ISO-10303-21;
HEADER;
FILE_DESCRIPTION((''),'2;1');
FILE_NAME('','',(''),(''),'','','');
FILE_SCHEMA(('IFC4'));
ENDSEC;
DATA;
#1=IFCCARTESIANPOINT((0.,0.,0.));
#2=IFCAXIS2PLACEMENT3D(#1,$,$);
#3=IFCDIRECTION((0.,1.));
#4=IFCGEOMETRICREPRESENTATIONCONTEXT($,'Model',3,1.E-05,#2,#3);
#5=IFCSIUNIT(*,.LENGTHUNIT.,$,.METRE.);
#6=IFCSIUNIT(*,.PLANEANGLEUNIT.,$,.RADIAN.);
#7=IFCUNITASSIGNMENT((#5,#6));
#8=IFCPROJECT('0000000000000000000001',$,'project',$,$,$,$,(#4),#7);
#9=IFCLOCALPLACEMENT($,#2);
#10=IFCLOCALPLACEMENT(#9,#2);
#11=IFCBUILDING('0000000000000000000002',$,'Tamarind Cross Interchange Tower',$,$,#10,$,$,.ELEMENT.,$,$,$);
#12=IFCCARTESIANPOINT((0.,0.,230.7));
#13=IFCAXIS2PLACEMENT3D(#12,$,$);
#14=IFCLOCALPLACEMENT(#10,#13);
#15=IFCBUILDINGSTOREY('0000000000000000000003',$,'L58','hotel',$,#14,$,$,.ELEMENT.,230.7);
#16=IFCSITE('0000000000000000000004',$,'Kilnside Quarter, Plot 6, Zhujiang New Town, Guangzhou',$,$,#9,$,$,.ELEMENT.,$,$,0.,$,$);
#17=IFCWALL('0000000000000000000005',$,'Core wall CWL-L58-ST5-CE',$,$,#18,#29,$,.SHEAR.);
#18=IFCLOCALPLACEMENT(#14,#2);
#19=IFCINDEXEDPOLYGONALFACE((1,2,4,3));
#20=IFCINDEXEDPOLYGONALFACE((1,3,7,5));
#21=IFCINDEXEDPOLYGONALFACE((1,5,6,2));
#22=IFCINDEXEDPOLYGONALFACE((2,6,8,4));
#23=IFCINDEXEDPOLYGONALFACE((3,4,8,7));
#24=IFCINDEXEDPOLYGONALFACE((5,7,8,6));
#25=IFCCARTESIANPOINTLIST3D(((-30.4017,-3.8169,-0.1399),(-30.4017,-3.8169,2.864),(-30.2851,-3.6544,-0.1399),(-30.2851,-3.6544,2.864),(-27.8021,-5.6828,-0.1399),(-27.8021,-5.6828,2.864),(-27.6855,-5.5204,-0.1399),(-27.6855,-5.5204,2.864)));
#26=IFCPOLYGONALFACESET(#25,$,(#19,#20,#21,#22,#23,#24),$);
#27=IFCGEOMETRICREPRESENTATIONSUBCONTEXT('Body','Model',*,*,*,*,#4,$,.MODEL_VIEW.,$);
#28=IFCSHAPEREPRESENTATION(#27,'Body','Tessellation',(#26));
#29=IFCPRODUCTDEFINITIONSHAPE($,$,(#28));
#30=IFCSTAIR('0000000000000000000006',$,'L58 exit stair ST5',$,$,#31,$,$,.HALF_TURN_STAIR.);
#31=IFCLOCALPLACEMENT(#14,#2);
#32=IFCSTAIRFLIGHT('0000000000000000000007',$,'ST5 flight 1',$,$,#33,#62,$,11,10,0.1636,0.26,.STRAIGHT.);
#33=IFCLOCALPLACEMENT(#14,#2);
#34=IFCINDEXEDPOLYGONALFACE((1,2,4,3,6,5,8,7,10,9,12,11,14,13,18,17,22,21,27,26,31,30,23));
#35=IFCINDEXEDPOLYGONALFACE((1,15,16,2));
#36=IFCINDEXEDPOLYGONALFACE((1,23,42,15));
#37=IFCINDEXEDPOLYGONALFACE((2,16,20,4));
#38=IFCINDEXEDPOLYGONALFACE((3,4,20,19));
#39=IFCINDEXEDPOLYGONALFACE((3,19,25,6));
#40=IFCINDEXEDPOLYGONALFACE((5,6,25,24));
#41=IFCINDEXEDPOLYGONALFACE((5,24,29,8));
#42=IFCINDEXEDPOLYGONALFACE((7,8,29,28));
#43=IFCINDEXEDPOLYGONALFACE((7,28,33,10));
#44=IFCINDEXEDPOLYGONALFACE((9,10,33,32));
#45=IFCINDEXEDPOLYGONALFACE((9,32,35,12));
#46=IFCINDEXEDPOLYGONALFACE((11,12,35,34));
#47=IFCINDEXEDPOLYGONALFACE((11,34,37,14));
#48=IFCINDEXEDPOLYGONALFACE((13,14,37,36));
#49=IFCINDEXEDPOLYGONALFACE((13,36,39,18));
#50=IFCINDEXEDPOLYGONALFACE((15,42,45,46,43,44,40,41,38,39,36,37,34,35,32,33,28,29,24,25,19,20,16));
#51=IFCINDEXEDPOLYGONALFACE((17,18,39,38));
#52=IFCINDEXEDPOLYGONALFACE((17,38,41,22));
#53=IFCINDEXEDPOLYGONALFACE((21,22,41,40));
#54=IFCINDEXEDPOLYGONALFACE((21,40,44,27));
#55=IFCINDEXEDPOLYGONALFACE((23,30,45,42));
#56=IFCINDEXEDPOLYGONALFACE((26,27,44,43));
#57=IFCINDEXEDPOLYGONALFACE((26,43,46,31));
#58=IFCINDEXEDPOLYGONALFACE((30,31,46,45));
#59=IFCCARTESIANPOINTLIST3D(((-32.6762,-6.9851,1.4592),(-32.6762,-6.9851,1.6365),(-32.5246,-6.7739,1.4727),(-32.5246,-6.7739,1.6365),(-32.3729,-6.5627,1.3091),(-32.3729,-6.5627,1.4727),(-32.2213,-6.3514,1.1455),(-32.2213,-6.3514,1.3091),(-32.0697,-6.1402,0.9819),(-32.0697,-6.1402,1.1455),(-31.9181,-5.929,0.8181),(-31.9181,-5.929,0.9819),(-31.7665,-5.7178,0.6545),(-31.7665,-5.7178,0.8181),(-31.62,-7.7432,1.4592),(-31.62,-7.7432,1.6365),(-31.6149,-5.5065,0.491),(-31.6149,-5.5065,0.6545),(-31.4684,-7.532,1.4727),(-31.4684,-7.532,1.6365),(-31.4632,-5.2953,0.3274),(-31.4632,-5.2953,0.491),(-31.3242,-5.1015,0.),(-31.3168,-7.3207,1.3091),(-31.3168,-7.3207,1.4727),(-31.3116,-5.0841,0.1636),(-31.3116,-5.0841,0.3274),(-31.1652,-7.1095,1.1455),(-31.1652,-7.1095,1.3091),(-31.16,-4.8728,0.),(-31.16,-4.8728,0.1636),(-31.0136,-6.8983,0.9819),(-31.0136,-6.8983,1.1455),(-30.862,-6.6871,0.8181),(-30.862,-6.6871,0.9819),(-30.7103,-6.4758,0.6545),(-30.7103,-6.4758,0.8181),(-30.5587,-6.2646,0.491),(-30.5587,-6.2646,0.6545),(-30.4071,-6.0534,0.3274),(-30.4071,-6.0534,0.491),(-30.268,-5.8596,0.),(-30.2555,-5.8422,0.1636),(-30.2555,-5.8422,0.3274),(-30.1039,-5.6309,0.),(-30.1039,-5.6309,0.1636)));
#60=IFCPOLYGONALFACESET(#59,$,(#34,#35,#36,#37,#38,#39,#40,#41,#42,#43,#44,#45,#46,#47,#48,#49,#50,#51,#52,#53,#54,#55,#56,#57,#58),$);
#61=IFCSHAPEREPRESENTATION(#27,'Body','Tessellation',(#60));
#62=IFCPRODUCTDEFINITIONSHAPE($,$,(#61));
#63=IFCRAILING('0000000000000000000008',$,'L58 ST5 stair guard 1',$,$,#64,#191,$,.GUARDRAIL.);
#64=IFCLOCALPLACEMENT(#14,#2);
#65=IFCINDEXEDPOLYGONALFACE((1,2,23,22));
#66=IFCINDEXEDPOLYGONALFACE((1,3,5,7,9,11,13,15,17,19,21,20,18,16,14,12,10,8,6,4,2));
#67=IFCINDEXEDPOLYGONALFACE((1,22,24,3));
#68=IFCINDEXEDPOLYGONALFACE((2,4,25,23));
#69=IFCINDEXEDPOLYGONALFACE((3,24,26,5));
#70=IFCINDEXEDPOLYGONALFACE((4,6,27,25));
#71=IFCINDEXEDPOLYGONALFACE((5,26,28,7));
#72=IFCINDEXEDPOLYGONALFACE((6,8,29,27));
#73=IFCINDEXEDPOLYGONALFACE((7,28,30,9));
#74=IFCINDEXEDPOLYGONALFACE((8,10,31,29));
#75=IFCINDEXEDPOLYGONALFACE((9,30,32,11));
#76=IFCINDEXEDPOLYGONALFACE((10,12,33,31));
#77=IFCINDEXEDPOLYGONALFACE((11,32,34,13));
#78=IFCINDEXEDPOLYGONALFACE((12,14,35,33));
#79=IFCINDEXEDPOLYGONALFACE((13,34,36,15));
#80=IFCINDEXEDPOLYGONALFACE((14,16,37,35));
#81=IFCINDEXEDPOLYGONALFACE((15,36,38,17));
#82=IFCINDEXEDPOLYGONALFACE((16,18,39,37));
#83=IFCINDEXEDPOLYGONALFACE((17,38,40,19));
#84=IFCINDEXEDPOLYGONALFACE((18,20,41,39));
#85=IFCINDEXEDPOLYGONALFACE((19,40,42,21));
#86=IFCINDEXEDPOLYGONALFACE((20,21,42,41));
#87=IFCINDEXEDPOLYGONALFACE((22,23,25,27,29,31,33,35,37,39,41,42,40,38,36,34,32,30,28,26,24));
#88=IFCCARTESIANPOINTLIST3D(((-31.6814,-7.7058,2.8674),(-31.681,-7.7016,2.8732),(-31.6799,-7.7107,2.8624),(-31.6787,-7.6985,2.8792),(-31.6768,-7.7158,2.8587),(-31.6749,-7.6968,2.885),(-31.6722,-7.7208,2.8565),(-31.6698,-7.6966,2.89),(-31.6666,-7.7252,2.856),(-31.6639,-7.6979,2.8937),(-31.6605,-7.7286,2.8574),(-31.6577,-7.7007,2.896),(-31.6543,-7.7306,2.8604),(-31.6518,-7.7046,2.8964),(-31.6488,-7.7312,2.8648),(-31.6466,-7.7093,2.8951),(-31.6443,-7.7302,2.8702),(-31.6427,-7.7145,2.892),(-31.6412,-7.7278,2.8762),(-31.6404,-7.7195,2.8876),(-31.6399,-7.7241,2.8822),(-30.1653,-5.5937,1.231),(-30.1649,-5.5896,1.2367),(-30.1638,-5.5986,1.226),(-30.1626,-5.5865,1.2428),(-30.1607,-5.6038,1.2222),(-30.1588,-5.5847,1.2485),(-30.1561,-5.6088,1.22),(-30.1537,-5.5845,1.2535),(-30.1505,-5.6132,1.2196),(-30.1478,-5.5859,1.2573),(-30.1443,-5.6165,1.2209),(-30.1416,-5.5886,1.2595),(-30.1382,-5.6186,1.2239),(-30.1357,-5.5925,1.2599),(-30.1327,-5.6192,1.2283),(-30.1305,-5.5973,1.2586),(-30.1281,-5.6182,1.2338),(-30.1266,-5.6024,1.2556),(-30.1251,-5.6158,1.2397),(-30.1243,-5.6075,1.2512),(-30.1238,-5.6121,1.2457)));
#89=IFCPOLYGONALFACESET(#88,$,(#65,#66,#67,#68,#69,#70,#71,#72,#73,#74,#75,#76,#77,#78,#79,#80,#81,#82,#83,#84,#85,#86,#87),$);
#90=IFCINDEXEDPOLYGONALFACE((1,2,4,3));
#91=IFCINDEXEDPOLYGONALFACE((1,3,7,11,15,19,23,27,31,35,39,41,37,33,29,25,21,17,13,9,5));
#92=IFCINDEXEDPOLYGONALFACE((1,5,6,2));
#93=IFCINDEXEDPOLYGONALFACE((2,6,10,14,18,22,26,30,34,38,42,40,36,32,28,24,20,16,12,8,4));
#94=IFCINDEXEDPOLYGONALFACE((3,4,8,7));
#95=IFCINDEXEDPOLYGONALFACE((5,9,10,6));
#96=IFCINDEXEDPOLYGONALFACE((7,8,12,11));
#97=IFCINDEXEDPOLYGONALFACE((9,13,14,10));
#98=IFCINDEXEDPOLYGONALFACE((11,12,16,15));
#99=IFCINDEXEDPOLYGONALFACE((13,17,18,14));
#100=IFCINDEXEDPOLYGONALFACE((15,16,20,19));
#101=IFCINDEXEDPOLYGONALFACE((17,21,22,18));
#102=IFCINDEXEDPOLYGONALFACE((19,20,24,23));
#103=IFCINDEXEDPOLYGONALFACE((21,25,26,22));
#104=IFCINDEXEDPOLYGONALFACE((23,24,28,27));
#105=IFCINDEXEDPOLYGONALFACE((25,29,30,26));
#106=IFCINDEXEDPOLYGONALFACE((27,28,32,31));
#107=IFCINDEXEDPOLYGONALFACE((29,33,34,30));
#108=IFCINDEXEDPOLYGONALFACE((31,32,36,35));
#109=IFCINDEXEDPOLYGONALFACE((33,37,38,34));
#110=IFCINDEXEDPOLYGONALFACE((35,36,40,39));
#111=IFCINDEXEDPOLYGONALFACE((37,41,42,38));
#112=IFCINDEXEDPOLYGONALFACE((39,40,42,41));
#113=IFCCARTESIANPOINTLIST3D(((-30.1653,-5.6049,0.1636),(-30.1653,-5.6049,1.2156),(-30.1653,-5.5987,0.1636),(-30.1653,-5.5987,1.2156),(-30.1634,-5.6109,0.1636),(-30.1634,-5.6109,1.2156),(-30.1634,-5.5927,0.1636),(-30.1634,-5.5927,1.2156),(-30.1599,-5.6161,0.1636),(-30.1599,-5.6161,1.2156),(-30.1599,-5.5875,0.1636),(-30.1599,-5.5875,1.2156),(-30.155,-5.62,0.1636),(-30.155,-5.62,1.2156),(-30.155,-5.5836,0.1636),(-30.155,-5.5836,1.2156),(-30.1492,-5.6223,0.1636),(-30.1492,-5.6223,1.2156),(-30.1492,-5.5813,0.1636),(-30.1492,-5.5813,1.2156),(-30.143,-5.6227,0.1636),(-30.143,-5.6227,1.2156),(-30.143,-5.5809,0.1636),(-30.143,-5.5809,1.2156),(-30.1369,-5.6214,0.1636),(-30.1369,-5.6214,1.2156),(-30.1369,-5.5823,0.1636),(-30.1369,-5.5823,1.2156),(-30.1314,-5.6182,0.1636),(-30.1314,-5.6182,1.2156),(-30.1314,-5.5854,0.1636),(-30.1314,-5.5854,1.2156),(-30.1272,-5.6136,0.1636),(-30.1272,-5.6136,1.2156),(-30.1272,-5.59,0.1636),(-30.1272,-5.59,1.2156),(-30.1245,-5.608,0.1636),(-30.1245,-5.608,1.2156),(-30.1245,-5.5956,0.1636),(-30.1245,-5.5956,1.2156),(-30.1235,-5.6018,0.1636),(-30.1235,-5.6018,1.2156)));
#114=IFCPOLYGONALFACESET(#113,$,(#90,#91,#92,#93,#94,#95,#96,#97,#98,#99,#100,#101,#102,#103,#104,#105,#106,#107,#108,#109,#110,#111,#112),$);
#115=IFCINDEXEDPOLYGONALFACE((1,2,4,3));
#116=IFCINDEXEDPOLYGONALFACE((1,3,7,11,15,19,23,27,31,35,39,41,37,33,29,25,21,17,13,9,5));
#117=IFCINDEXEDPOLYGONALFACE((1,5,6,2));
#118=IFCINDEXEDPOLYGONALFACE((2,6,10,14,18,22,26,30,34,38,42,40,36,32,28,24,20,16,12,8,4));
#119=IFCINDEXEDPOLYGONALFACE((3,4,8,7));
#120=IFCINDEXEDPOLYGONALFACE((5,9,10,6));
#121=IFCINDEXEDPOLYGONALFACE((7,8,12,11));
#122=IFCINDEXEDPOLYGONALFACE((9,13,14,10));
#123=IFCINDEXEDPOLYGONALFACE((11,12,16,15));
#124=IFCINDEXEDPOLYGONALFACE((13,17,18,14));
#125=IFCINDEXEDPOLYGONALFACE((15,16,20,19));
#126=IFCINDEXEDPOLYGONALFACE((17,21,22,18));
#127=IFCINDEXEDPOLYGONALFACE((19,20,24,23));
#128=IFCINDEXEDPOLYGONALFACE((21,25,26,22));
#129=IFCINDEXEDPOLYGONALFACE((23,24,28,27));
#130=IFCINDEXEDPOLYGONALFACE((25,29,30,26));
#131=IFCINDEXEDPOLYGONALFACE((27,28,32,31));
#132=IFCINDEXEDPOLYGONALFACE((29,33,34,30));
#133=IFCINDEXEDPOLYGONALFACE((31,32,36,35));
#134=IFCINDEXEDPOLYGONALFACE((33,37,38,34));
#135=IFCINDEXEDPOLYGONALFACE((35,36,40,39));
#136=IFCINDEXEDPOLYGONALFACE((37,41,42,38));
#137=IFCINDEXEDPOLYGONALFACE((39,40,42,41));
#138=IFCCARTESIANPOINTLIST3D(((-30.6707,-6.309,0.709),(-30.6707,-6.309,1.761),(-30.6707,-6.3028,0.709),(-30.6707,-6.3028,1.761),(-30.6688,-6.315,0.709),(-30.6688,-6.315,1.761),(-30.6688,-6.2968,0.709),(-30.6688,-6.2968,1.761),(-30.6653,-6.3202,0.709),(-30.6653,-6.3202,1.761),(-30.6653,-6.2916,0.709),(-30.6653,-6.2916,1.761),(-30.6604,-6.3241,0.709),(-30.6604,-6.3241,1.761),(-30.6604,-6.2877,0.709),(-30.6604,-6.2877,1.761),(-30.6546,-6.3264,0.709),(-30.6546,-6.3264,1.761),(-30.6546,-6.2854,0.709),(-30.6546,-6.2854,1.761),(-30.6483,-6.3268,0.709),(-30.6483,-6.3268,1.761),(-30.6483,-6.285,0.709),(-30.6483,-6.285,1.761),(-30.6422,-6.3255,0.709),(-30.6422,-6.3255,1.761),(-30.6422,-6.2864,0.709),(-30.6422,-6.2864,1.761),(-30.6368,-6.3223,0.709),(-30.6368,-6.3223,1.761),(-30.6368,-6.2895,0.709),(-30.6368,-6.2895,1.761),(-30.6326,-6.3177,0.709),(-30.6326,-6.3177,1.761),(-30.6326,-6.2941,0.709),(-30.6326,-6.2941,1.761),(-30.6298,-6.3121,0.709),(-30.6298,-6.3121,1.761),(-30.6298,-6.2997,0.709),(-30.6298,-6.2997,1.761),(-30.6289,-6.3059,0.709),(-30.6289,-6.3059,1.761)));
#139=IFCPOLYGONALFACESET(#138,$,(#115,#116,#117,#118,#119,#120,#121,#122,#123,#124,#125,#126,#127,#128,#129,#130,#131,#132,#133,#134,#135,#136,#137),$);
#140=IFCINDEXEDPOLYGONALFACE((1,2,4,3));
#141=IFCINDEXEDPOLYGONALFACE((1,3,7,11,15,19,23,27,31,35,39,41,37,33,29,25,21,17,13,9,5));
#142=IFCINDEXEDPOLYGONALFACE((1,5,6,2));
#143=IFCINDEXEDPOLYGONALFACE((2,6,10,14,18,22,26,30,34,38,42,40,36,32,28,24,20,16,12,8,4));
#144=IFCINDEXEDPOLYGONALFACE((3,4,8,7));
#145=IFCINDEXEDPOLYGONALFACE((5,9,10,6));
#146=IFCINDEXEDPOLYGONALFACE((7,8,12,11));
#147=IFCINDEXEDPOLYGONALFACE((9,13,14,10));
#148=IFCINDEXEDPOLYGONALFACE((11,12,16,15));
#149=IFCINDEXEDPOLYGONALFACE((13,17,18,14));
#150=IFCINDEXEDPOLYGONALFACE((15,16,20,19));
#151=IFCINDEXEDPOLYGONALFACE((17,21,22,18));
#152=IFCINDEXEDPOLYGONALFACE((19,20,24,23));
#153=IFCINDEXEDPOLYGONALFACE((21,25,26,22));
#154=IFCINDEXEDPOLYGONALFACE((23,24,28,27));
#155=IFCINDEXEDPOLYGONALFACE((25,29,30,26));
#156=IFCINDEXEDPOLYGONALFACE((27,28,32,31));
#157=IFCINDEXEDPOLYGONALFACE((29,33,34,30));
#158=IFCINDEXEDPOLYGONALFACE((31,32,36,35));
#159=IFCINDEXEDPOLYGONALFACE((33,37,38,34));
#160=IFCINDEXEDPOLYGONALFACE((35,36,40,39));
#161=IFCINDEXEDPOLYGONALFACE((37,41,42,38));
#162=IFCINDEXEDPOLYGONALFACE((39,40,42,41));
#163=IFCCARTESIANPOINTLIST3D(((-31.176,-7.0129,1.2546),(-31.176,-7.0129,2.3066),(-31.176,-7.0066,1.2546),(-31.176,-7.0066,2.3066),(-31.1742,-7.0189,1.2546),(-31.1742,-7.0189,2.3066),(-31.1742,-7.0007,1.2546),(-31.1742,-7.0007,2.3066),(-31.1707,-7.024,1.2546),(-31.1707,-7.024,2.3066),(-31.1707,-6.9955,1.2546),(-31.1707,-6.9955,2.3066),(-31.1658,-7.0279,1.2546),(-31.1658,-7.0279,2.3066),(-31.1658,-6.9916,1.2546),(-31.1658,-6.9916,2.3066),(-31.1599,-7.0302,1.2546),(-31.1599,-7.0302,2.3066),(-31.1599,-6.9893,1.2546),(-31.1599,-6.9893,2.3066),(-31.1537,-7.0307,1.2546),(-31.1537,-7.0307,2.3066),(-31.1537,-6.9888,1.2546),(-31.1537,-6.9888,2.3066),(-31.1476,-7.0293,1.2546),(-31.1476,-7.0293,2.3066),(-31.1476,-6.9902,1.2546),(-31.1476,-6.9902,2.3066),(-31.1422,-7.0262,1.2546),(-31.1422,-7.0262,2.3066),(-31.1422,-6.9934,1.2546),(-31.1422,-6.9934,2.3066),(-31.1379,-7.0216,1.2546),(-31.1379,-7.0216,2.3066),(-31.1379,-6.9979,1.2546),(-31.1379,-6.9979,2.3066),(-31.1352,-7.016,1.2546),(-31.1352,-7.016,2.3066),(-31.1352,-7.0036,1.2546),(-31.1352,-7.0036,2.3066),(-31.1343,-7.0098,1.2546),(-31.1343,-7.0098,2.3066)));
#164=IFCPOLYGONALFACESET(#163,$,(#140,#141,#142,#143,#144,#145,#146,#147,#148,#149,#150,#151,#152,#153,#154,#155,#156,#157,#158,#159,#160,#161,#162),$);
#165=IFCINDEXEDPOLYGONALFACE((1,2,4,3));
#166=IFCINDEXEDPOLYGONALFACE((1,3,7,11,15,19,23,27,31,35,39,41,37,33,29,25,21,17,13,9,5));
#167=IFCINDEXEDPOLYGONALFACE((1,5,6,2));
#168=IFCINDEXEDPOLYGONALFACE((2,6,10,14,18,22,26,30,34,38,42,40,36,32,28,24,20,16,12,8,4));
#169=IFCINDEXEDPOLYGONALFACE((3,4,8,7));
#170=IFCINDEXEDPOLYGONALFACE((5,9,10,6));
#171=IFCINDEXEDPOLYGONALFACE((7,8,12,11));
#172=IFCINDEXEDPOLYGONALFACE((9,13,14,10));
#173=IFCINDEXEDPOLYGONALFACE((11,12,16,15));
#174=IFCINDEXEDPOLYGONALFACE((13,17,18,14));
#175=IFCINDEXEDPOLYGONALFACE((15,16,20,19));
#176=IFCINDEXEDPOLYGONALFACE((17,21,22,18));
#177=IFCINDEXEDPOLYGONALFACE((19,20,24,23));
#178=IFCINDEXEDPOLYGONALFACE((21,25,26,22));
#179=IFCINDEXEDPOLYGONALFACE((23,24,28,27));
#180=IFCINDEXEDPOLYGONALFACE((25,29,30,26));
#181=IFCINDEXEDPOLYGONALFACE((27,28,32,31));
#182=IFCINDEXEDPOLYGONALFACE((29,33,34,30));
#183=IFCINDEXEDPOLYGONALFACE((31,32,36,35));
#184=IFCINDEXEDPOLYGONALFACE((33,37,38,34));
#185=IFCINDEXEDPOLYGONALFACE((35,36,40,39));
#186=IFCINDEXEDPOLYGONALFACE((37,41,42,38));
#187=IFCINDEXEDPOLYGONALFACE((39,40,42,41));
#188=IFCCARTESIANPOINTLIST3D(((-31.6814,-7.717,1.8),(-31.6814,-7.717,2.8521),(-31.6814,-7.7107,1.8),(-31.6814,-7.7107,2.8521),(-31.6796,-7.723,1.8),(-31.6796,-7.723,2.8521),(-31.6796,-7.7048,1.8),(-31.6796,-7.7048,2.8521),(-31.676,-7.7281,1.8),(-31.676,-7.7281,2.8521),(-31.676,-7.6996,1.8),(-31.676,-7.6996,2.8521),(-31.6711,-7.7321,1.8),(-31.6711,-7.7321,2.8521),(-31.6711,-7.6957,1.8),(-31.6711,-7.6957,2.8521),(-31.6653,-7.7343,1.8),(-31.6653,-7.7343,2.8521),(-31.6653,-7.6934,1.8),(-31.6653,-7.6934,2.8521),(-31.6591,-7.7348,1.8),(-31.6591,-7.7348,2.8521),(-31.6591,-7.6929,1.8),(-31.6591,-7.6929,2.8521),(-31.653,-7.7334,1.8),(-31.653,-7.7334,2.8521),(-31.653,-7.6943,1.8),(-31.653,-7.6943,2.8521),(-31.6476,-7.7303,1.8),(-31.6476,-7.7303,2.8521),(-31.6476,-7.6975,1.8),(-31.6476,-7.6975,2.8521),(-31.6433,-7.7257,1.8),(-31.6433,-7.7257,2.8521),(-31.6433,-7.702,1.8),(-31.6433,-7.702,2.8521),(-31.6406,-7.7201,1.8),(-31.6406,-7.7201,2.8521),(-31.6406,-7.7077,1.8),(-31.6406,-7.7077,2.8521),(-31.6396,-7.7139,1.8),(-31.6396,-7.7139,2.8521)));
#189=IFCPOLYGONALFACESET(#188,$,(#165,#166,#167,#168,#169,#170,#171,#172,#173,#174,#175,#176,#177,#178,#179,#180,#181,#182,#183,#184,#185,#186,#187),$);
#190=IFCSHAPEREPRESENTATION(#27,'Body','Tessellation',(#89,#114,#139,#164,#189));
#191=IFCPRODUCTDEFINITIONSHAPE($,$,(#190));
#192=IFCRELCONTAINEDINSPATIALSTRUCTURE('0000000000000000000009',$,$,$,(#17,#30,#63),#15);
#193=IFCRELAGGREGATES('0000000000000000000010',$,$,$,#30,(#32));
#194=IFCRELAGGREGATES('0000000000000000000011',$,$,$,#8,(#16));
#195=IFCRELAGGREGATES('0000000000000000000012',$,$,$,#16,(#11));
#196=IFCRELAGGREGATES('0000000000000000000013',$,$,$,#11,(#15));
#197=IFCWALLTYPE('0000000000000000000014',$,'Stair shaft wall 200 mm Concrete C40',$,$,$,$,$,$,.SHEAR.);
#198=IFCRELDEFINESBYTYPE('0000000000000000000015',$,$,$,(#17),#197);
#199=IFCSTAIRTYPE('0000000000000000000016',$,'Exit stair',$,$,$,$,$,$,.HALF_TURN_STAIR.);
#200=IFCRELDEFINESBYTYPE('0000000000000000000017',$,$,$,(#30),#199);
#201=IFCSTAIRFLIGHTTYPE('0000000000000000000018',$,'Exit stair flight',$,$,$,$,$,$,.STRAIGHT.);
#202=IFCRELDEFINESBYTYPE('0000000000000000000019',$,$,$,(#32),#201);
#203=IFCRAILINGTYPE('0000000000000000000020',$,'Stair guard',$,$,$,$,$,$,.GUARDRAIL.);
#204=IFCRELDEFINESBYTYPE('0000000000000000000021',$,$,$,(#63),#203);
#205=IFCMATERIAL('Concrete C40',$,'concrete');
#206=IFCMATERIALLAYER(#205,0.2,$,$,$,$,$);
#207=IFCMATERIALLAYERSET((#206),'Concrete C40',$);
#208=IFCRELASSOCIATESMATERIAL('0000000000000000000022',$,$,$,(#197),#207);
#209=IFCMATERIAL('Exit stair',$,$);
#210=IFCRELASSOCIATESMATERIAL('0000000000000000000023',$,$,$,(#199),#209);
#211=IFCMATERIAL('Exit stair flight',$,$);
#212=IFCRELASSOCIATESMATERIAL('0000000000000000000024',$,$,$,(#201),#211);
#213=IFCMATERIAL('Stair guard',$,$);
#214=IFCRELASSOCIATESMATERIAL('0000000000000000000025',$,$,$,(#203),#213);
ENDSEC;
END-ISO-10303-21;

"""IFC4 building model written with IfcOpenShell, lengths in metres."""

from ifc_helpers import new_model, si_unit, direction, frame, frame_2d, origin, origin_2d, place, context, subcontext, project, spatial, polyline, rectangle, circle, outline, extrude, material, layer, layer_set, type_object, element, aggregate, save


model = new_model("IFC4")

# Units and contexts
model_context = context("Model", 3, precision=1e-05, world=origin(), true_north=direction((0.0, 1.0)))
body_context = subcontext(model_context, "Body", "Model", "MODEL_VIEW")
ifc_project = project(units=[si_unit("LENGTHUNIT", "METRE"), si_unit("PLANEANGLEUNIT", "RADIAN")], contexts=[model_context])

# Site, building, storey
site_placement = place(None, origin())
site = spatial("IfcSite", under=ifc_project, at=site_placement, Name="Kilnside Quarter, Plot 6, Zhujiang New Town, Guangzhou", CompositionType="ELEMENT", RefElevation=0.0)
building_placement = place(site_placement, origin())
building = spatial("IfcBuilding", under=site, at=building_placement, Name="Tamarind Cross Interchange Tower", CompositionType="ELEMENT")
storey_placement = place(building_placement, frame((0.0, 0.0, 230.7)))
storey = spatial("IfcBuildingStorey", under=building, at=storey_placement, Name="L58", Description="hotel", CompositionType="ELEMENT", Elevation=230.7)

# Shared definitions
ifc_material_1 = material(Name="Concrete C40", Category="concrete")
ifc_layer_1 = layer(ifc_material_1, 0.2)
ifc_layer_set_1 = layer_set([ifc_layer_1], Name="Concrete C40")
wall_type_1 = type_object("IfcWallType", Name="Stair shaft wall 200 mm Concrete C40", PredefinedType="SHEAR", material=ifc_layer_set_1)

# Wall
wall_1_placement = place(storey_placement, frame((-30.3435, -3.7356, -0.1399), z_axis=(0.0, 0.0, 1.0), x_axis=(0.812386, -0.58312, 0.0)))
element("IfcWall", 1, at=wall_1_placement, inside=storey, type_object=wall_type_1, Name="Core wall CWL-L58-ST5-CE", PredefinedType="SHEAR", context=body_context, shape_type="SweptSolid", body=[
    extrude(rectangle(XDim=3.2, YDim=0.2, at=frame_2d((1.6001, 0.0))), origin(), (0.0, 0.0, 1.0), 3.0039),
])

# Stair, stair flight
ifc_material_2 = material(Name="Exit stair")
stair_type = type_object("IfcStairType", Name="Exit stair", PredefinedType="HALF_TURN_STAIR", material=ifc_material_2)
stair_placement = place(storey_placement, origin())
stair = element("IfcStair", 2, at=stair_placement, inside=storey, type_object=stair_type, Name="L58 exit stair ST5", PredefinedType="HALF_TURN_STAIR")
ifc_material_3 = material(Name="Exit stair flight")
stair_flight_type = type_object("IfcStairFlightType", Name="Exit stair flight", PredefinedType="STRAIGHT", material=ifc_material_3)
stair_flight_placement = place(storey_placement, frame((-30.6318, -5.252, 0.0), z_axis=(0.0, 0.0, 1.0), x_axis=(-0.583122, -0.812385, 0.0)))
stair_flight = element("IfcStairFlight", 3, at=stair_flight_placement, type_object=stair_flight_type, Name="ST5 flight 1", NumberOfRisers=11, NumberOfTreads=10, PredefinedType="STRAIGHT", RiserHeight=0.1636, TreadLength=0.26, context=body_context, shape_type="SweptSolid", body=[
    extrude(outline(polyline([(0.0, 0.0), (0.0, 0.1636), (0.26, 0.1636), (0.26, 0.3274), (0.52, 0.3274), (0.52, 0.491), (0.78, 0.491), (0.78, 0.6545), (1.04, 0.6545), (1.04, 0.8181), (1.3, 0.8181), (1.3, 0.9819), (1.5601, 0.9819), (1.5601, 1.1455), (1.8201, 1.1455), (1.8201, 1.3091), (2.0801, 1.3091), (2.0801, 1.4727), (2.3401, 1.4727), (2.3401, 1.6365), (2.6001, 1.6365), (2.6001, 1.8), (2.6001, 1.4592), (0.2815, 0.0), (0.0, 0.0)])), frame((0.0, 0.6499, 0.0), z_axis=(0.0, -1.0, 0.0), x_axis=(1.0, 0.0, 0.0)), (0.0, 0.0, 1.0), 1.3),
])
aggregate(stair, [stair_flight])

# Railing
ifc_material_4 = material(Name="Stair guard")
railing_type_1 = type_object("IfcRailingType", Name="Stair guard", PredefinedType="GUARDRAIL", material=ifc_material_4)
railing_1_placement = place(storey_placement, frame((-30.1445, -5.6018, 0.1636)))
element("IfcRailing", 4, at=railing_1_placement, inside=storey, type_object=railing_type_1, Name="L58 ST5 stair guard 1", PredefinedType="GUARDRAIL", context=body_context, shape_type="SweptSolid", body=[
    extrude(circle(Radius=0.0239, at=origin_2d()), frame((0.0, 0.0, 1.0762), z_axis=(-0.49352, -0.68751, 0.532699), x_axis=(0.812367, -0.583146, 0.0)), (0.0, 0.0, 1.0), 3.072),
    extrude(circle(Radius=0.021, at=origin_2d()), origin(), (0.0, 0.0, 1.0), 1.052),
    extrude(circle(Radius=0.021, at=origin_2d()), frame((-0.5054, -0.7041, 0.5454)), (0.0, 0.0, 1.0), 1.052),
    extrude(circle(Radius=0.021, at=origin_2d()), frame((-1.0107, -1.408, 1.0911)), (0.0, 0.0, 1.0), 1.052),
    extrude(circle(Radius=0.021, at=origin_2d()), frame((-1.5161, -2.1121, 1.6365)), (0.0, 0.0, 1.0), 1.052),
])

save(model, "model.ifc")
